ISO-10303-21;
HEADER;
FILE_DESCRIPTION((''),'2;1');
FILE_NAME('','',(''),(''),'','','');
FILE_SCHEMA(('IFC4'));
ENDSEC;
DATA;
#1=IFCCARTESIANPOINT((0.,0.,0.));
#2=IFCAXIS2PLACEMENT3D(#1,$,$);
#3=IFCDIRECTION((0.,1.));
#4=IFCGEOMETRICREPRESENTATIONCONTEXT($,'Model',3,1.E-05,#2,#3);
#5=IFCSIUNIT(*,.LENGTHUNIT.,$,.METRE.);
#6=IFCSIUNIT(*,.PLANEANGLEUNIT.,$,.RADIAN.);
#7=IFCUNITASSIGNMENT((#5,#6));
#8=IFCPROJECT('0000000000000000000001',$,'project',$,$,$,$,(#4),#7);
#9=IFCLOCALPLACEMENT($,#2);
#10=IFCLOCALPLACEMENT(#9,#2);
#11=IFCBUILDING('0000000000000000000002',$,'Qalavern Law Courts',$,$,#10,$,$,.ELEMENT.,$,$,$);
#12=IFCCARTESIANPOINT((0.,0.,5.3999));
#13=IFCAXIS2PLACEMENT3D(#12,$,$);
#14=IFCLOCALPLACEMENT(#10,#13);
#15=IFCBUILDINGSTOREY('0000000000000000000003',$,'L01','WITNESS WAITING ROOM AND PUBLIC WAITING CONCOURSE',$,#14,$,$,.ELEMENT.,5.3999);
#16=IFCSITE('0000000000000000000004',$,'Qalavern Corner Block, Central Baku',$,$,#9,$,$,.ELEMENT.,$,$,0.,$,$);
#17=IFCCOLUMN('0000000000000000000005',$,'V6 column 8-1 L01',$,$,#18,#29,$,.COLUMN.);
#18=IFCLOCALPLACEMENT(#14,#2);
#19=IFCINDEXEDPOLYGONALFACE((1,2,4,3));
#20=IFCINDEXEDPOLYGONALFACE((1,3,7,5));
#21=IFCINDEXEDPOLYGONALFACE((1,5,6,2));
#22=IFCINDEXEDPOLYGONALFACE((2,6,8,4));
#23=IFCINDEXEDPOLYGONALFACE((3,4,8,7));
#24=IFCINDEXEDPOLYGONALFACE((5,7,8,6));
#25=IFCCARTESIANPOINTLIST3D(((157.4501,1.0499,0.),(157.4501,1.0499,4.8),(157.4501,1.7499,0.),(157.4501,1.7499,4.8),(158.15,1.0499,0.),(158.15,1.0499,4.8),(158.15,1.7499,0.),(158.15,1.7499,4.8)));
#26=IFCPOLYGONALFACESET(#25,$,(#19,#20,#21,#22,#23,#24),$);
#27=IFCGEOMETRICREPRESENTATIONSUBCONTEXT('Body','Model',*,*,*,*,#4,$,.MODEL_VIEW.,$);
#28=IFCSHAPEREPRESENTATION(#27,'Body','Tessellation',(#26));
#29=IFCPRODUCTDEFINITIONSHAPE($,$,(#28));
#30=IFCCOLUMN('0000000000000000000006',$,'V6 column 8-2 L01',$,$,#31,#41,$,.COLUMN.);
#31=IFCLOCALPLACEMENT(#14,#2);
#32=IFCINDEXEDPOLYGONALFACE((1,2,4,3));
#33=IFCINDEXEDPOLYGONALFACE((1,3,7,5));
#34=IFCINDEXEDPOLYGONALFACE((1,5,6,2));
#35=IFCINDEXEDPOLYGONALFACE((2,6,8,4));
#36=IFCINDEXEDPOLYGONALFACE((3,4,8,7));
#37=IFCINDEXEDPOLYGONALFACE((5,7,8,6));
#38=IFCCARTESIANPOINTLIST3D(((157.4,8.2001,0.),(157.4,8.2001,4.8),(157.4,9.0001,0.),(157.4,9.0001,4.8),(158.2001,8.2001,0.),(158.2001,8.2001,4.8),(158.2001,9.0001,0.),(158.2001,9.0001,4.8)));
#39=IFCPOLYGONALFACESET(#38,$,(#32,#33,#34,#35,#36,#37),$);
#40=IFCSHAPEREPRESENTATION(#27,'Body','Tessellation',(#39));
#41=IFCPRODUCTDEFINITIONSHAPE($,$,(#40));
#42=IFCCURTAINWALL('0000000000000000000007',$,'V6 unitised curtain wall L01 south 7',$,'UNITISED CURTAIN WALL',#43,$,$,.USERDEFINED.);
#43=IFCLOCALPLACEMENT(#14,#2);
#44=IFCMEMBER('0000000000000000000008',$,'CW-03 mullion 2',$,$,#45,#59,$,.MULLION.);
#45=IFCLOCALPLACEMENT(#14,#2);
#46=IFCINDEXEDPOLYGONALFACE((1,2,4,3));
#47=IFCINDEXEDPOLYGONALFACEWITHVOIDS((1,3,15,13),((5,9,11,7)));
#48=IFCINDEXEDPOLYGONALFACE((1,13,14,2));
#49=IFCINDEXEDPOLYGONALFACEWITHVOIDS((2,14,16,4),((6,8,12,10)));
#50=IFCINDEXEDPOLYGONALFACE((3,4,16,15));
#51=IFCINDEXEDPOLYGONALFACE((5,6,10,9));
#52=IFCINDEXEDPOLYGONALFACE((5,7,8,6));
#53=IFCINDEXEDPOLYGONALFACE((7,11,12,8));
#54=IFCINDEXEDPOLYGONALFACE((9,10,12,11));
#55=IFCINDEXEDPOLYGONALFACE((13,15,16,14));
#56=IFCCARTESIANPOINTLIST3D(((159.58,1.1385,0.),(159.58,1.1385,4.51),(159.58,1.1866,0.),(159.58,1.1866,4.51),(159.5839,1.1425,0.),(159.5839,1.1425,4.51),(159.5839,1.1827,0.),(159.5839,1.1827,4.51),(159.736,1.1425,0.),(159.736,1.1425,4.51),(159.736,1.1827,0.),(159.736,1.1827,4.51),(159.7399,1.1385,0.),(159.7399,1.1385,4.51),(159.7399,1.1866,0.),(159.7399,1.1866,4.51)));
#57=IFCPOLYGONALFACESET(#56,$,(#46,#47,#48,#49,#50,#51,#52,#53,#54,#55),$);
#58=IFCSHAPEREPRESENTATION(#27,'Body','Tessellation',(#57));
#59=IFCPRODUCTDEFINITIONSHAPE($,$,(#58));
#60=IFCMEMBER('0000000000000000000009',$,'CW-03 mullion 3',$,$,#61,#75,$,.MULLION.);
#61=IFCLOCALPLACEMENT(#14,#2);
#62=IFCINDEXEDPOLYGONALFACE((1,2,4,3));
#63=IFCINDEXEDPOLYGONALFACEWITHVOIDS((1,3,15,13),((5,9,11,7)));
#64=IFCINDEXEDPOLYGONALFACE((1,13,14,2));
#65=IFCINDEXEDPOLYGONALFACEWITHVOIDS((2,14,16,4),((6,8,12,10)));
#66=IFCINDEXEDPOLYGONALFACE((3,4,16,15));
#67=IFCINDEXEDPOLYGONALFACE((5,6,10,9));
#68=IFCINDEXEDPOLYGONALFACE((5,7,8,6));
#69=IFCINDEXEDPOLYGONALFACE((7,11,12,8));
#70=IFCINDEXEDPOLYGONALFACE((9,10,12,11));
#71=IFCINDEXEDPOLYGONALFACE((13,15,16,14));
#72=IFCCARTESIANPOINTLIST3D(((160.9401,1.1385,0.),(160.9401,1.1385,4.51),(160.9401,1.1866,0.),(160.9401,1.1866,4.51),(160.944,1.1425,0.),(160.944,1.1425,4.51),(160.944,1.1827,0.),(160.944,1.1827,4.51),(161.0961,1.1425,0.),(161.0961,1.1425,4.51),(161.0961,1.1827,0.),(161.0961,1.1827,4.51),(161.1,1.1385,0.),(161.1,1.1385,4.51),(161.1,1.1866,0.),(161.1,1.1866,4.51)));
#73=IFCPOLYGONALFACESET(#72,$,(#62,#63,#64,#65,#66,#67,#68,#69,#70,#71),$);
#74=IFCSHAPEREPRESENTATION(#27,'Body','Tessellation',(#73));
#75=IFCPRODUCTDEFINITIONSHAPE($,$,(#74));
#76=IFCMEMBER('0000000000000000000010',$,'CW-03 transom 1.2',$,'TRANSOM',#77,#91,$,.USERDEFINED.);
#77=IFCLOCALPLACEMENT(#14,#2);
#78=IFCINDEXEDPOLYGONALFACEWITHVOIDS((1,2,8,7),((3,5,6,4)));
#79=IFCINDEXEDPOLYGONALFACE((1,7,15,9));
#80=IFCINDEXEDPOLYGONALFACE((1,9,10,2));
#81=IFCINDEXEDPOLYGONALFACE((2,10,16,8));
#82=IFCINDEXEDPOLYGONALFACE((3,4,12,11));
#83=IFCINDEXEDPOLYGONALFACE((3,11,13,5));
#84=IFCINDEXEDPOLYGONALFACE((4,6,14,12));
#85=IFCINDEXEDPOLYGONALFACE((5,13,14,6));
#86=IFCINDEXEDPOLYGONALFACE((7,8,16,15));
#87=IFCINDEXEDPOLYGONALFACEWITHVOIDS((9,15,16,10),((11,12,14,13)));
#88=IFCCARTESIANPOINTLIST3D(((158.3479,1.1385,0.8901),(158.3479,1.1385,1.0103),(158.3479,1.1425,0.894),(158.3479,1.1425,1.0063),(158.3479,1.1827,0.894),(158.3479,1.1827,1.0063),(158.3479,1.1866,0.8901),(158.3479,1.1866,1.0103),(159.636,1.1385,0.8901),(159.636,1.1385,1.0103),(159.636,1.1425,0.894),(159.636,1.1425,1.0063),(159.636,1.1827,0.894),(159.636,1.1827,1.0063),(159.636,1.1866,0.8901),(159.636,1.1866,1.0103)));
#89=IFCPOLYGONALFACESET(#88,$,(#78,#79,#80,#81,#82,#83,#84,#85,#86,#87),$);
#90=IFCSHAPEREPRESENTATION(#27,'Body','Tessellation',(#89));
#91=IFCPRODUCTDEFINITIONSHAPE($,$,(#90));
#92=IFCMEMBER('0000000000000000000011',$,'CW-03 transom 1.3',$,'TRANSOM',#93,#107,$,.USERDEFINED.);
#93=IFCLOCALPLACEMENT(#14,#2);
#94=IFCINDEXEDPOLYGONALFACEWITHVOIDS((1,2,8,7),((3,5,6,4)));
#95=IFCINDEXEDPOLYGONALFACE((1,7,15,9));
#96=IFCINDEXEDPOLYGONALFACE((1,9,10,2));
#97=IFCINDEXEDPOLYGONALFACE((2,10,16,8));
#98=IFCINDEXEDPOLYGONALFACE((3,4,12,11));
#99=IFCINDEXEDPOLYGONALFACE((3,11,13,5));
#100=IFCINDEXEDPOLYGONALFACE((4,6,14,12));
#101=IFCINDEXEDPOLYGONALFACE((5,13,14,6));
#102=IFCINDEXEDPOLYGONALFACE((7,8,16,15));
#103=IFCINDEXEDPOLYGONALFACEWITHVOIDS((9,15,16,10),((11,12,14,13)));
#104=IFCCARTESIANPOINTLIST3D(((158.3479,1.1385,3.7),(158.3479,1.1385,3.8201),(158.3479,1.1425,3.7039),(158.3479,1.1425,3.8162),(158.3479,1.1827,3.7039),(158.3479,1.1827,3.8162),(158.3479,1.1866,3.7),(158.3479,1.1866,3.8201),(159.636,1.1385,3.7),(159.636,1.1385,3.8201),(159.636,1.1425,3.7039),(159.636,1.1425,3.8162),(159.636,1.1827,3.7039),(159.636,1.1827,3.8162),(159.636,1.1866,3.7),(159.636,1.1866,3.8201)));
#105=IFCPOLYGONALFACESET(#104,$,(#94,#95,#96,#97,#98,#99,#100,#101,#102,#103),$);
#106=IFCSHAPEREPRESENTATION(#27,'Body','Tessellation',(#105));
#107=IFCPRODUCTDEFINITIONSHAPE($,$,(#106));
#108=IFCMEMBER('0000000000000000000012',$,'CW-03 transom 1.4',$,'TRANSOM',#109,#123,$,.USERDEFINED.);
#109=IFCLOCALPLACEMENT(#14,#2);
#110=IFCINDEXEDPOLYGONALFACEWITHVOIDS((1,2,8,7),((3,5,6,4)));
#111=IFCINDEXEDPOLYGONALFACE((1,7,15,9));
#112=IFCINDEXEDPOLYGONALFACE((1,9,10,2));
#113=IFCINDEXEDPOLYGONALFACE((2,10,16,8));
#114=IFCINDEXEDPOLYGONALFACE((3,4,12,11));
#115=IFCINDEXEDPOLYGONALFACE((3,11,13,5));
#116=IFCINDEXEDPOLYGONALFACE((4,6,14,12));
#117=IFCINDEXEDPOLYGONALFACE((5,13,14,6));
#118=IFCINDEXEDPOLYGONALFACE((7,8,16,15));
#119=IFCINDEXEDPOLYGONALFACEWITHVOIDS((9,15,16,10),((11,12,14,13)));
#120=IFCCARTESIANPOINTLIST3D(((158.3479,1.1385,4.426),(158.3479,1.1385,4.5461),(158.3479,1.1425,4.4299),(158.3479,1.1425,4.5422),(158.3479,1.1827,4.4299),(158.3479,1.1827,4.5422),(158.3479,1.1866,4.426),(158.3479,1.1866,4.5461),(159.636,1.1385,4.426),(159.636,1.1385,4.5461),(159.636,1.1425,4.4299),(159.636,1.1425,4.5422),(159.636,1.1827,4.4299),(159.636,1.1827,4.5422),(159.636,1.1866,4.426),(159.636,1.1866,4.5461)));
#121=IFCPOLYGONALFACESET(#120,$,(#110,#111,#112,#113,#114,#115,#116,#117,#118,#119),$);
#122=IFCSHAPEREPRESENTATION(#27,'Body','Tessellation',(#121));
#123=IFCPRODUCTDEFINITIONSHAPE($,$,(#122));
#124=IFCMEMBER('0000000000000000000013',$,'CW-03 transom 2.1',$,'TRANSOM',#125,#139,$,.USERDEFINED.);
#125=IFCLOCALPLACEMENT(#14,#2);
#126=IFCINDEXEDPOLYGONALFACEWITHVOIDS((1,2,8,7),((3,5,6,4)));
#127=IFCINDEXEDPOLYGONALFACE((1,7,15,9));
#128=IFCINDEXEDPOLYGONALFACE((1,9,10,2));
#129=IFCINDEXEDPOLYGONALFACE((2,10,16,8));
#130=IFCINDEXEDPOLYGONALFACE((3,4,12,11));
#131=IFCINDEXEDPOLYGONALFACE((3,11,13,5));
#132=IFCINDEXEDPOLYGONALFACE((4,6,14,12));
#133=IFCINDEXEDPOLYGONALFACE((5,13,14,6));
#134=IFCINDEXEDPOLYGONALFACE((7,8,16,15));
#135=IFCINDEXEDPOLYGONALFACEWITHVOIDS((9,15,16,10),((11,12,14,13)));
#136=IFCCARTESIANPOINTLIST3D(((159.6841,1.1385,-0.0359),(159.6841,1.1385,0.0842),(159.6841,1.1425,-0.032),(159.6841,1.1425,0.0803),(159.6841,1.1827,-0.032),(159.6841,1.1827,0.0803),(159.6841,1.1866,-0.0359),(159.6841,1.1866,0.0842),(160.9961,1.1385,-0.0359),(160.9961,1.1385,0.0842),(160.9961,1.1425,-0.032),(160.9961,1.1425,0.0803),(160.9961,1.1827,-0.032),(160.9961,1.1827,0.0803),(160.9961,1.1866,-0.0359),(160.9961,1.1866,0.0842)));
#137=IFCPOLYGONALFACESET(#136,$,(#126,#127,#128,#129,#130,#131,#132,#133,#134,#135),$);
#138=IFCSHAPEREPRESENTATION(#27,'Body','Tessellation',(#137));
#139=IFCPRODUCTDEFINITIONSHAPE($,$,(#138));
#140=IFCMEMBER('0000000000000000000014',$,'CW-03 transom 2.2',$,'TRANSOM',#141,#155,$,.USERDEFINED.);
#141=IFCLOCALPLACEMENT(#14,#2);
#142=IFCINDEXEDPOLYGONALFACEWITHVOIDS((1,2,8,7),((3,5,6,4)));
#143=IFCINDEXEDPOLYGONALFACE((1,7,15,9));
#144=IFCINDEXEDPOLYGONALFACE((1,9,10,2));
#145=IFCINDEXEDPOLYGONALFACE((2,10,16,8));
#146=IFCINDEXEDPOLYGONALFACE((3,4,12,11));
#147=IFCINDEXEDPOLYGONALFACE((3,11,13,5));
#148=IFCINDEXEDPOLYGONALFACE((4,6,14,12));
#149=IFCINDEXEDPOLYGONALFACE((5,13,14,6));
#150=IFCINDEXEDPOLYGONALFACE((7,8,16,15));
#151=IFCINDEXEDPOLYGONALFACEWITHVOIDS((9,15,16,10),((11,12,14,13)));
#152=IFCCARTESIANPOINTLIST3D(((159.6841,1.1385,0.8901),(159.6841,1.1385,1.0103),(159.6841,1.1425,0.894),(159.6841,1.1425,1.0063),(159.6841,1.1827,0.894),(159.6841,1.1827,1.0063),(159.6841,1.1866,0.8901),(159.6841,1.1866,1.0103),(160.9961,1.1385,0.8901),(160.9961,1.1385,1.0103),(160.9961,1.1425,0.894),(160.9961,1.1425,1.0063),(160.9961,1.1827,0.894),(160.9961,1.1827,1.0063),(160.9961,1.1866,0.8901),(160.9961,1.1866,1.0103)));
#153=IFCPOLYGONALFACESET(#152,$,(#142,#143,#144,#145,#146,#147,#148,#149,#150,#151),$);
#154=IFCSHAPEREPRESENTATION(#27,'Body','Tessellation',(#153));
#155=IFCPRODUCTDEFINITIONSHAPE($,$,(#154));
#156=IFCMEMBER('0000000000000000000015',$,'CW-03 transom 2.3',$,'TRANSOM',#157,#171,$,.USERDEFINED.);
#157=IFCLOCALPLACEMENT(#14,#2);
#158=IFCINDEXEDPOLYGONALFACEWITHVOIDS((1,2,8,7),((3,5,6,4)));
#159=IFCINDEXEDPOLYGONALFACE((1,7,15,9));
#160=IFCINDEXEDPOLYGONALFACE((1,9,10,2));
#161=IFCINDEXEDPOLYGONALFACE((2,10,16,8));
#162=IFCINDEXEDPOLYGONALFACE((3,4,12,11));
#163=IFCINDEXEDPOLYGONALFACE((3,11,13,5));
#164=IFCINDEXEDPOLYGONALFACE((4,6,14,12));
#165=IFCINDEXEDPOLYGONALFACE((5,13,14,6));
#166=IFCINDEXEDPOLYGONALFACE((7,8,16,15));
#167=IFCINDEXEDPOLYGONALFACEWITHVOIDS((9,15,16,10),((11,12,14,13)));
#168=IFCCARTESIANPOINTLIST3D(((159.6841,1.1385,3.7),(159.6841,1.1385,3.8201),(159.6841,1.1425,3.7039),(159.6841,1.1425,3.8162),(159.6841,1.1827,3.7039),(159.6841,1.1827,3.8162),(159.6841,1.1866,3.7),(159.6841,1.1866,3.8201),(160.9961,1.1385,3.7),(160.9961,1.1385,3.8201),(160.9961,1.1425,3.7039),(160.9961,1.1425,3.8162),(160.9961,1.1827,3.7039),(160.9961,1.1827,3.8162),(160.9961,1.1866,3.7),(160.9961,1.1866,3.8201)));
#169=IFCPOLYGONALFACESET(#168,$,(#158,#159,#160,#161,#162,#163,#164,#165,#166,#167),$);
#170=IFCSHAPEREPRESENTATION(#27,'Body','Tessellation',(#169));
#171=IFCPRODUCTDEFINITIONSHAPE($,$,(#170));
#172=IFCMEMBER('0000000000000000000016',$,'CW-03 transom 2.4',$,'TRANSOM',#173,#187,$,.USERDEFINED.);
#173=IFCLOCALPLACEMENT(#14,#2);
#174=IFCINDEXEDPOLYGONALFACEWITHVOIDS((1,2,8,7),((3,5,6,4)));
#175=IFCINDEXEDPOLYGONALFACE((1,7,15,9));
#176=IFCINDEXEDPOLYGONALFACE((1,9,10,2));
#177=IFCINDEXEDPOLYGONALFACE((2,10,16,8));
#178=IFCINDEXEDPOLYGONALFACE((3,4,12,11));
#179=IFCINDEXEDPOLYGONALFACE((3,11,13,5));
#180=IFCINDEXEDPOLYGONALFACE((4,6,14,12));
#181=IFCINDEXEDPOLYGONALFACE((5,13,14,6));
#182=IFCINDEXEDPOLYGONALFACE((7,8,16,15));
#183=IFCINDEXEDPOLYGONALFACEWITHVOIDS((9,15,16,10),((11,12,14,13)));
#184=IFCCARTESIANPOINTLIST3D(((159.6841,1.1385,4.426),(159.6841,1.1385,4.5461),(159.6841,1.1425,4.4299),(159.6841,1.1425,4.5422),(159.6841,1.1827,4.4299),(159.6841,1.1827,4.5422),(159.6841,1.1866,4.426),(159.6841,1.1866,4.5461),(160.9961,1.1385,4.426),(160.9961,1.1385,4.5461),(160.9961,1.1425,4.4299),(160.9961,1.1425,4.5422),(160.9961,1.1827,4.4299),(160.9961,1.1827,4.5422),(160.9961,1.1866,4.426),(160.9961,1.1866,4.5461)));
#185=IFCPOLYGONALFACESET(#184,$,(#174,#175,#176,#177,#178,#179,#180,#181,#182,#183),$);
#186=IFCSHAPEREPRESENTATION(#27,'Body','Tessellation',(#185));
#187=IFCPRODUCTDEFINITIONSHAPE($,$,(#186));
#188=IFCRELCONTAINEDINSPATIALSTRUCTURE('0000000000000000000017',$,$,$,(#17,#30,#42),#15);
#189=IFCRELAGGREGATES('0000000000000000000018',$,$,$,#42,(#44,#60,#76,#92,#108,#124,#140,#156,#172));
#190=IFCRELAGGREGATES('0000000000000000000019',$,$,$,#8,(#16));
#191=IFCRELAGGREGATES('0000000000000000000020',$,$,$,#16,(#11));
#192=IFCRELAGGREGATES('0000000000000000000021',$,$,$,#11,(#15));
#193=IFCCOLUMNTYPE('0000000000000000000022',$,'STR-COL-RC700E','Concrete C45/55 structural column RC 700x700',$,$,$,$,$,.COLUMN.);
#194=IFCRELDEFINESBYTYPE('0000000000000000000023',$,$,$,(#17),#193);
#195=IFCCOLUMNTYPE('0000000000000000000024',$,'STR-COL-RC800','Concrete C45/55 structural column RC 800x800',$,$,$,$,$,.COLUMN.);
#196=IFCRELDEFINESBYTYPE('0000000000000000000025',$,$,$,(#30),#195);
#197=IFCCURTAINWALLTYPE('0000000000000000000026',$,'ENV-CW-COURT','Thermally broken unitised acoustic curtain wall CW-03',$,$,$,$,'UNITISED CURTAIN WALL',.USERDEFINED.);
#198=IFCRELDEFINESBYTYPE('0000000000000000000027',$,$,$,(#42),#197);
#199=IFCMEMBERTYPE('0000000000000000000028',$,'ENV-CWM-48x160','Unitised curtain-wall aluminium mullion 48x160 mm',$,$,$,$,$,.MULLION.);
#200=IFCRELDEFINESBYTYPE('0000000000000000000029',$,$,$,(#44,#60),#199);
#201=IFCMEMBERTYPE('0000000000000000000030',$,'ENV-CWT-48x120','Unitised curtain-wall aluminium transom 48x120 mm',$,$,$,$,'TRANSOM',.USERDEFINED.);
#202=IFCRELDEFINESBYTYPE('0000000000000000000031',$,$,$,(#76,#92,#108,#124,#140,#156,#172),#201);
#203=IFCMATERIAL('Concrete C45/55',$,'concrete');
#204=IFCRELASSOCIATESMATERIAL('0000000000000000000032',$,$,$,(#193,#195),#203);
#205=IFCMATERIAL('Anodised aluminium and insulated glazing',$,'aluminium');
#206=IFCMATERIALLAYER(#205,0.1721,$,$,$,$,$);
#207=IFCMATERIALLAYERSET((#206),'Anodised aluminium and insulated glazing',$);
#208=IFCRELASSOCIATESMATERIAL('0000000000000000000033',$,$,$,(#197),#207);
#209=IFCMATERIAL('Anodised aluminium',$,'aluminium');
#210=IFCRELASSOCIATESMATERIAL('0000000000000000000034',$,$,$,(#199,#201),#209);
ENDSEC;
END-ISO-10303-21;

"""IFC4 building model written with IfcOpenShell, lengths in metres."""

from ifc_helpers import new_model, si_unit, direction, frame, origin, origin_2d, place, context, subcontext, project, spatial, rectangle, hollow_rectangle, extrude, material, layer, layer_set, material_profile, profile_set, type_object, element, aggregate, save


model = new_model("IFC4")

# Units and contexts
model_context = context("Model", 3, precision=1e-05, world=origin(), true_north=direction((0.0, 1.0)))
body_context = subcontext(model_context, "Body", "Model", "MODEL_VIEW")
ifc_project = project(units=[si_unit("LENGTHUNIT", "METRE"), si_unit("PLANEANGLEUNIT", "RADIAN")], contexts=[model_context])

# Site, building, storey
site_placement = place(None, origin())
site = spatial("IfcSite", under=ifc_project, at=site_placement, Name="Qalavern Corner Block, Central Baku", CompositionType="ELEMENT", RefElevation=0.0)
building_placement = place(site_placement, origin())
building = spatial("IfcBuilding", under=site, at=building_placement, Name="Qalavern Law Courts", CompositionType="ELEMENT")
storey_placement = place(building_placement, frame((0.0, 0.0, 5.3999)))
storey = spatial("IfcBuildingStorey", under=building, at=storey_placement, Name="L01", Description="WITNESS WAITING ROOM AND PUBLIC WAITING CONCOURSE", CompositionType="ELEMENT", Elevation=5.3999)

# Columns
ifc_material_1 = material(Name="Concrete C45/55", Category="concrete")
ifc_material_profile_1 = material_profile(ifc_material_1, rectangle(XDim=0.7, YDim=0.7, at=origin_2d()), Name="RC 700x700")
ifc_profile_set_1 = profile_set([ifc_material_profile_1], Name="Concrete C45/55")
column_type_1 = type_object("IfcColumnType", Name="STR-COL-RC700E", Description="Concrete C45/55 structural column RC 700x700", PredefinedType="COLUMN", material=ifc_profile_set_1)
column_1_placement = place(storey_placement, frame((157.8, 1.3999, 0.0), z_axis=(0.0, 0.0, 1.0), x_axis=(1.0, 0.0, 0.0)))
element("IfcColumn", 1, at=column_1_placement, inside=storey, type_object=column_type_1, Name="V6 column 8-1 L01", PredefinedType="COLUMN", context=body_context, shape_type="SweptSolid", body=[
    extrude(rectangle(XDim=0.7, YDim=0.7, at=origin_2d()), origin(), (0.0, 0.0, 1.0), 4.8),
])
ifc_material_profile_2 = material_profile(ifc_material_1, rectangle(XDim=0.8, YDim=0.8, at=origin_2d()), Name="RC 800x800")
ifc_profile_set_2 = profile_set([ifc_material_profile_2], Name="Concrete C45/55")
column_type_2 = type_object("IfcColumnType", Name="STR-COL-RC800", Description="Concrete C45/55 structural column RC 800x800", PredefinedType="COLUMN", material=ifc_profile_set_2)
column_2_placement = place(storey_placement, frame((157.8, 8.6001, 0.0), z_axis=(0.0, 0.0, 1.0), x_axis=(1.0, 0.0, 0.0)))
element("IfcColumn", 2, at=column_2_placement, inside=storey, type_object=column_type_2, Name="V6 column 8-2 L01", PredefinedType="COLUMN", context=body_context, shape_type="SweptSolid", body=[
    extrude(rectangle(XDim=0.8, YDim=0.8, at=origin_2d()), origin(), (0.0, 0.0, 1.0), 4.8),
])

# Curtain wall, members
ifc_material_2 = material(Name="Anodised aluminium and insulated glazing", Category="aluminium")
ifc_layer_1 = layer(ifc_material_2, 0.1721)
ifc_layer_set_1 = layer_set([ifc_layer_1], Name="Anodised aluminium and insulated glazing")
curtain_wall_type = type_object("IfcCurtainWallType", Name="ENV-CW-COURT", Description="Thermally broken unitised acoustic curtain wall CW-03", ElementType="UNITISED CURTAIN WALL", PredefinedType="USERDEFINED", material=ifc_layer_set_1)
curtain_wall_placement = place(storey_placement, origin())
curtain_wall = element("IfcCurtainWall", 3, at=curtain_wall_placement, inside=storey, type_object=curtain_wall_type, Name="V6 unitised curtain wall L01 south 7", ObjectType="UNITISED CURTAIN WALL", PredefinedType="USERDEFINED")
ifc_material_3 = material(Name="Anodised aluminium", Category="aluminium")
ifc_material_profile_3 = material_profile(ifc_material_3, hollow_rectangle(XDim=0.0481, YDim=0.1599, WallThickness=0.0039, at=origin_2d()), Name="ALU MULLION 48x160")
ifc_profile_set_3 = profile_set([ifc_material_profile_3], Name="Anodised aluminium")
member_type_1 = type_object("IfcMemberType", Name="ENV-CWM-48x160", Description="Unitised curtain-wall aluminium mullion 48x160 mm", PredefinedType="MULLION", material=ifc_profile_set_3)
member_1_placement = place(storey_placement, frame((159.6599, 1.1626, 0.0), z_axis=(0.0, 0.0, 1.0), x_axis=(0.0, 1.0, 0.0)))
member_1 = element("IfcMember", 4, at=member_1_placement, type_object=member_type_1, Name="CW-03 mullion 2", PredefinedType="MULLION", context=body_context, shape_type="SweptSolid", body=[
    extrude(hollow_rectangle(XDim=0.0481, YDim=0.1599, WallThickness=0.0039, at=origin_2d()), origin(), (0.0, 0.0, 1.0), 4.51),
])
member_2_placement = place(storey_placement, frame((161.02, 1.1626, 0.0), z_axis=(0.0, 0.0, 1.0), x_axis=(0.0, 1.0, 0.0)))
member_2 = element("IfcMember", 5, at=member_2_placement, type_object=member_type_1, Name="CW-03 mullion 3", PredefinedType="MULLION", context=body_context, shape_type="SweptSolid", body=[
    extrude(hollow_rectangle(XDim=0.0481, YDim=0.1599, WallThickness=0.0039, at=origin_2d()), origin(), (0.0, 0.0, 1.0), 4.51),
])
ifc_material_profile_4 = material_profile(ifc_material_3, hollow_rectangle(XDim=0.0481, YDim=0.1201, WallThickness=0.0039, at=origin_2d()), Name="ALU TRANSOM 48x120")
ifc_profile_set_4 = profile_set([ifc_material_profile_4], Name="Anodised aluminium")
member_type_2 = type_object("IfcMemberType", Name="ENV-CWT-48x120", Description="Unitised curtain-wall aluminium transom 48x120 mm", ElementType="TRANSOM", PredefinedType="USERDEFINED", material=ifc_profile_set_4)
member_3_placement = place(storey_placement, frame((158.3479, 1.1626, 0.9502), z_axis=(1.0, 0.0, 0.0), x_axis=(0.0, 1.0, 0.0)))
member_3 = element("IfcMember", 6, at=member_3_placement, type_object=member_type_2, Name="CW-03 transom 1.2", ObjectType="TRANSOM", PredefinedType="USERDEFINED", context=body_context, shape_type="SweptSolid", body=[
    extrude(hollow_rectangle(XDim=0.0481, YDim=0.1201, WallThickness=0.0039, at=origin_2d()), origin(), (0.0, 0.0, 1.0), 1.2881),
])
member_4_placement = place(storey_placement, frame((158.3479, 1.1626, 3.76), z_axis=(1.0, 0.0, 0.0), x_axis=(0.0, 1.0, 0.0)))
member_4 = element("IfcMember", 7, at=member_4_placement, type_object=member_type_2, Name="CW-03 transom 1.3", ObjectType="TRANSOM", PredefinedType="USERDEFINED", context=body_context, shape_type="SweptSolid", body=[
    extrude(hollow_rectangle(XDim=0.0481, YDim=0.1201, WallThickness=0.0039, at=origin_2d()), origin(), (0.0, 0.0, 1.0), 1.2881),
])
member_5_placement = place(storey_placement, frame((158.3479, 1.1626, 4.4861), z_axis=(1.0, 0.0, 0.0), x_axis=(0.0, 1.0, 0.0)))
member_5 = element("IfcMember", 8, at=member_5_placement, type_object=member_type_2, Name="CW-03 transom 1.4", ObjectType="TRANSOM", PredefinedType="USERDEFINED", context=body_context, shape_type="SweptSolid", body=[
    extrude(hollow_rectangle(XDim=0.0481, YDim=0.1201, WallThickness=0.0039, at=origin_2d()), origin(), (0.0, 0.0, 1.0), 1.2881),
])
member_6_placement = place(storey_placement, frame((159.6841, 1.1626, 0.0242), z_axis=(1.0, 0.0, 0.0), x_axis=(0.0, 1.0, 0.0)))
member_6 = element("IfcMember", 9, at=member_6_placement, type_object=member_type_2, Name="CW-03 transom 2.1", ObjectType="TRANSOM", PredefinedType="USERDEFINED", context=body_context, shape_type="SweptSolid", body=[
    extrude(hollow_rectangle(XDim=0.0481, YDim=0.1201, WallThickness=0.0039, at=origin_2d()), origin(), (0.0, 0.0, 1.0), 1.312),
])
member_7_placement = place(storey_placement, frame((159.6841, 1.1626, 0.9502), z_axis=(1.0, 0.0, 0.0), x_axis=(0.0, 1.0, 0.0)))
member_7 = element("IfcMember", 10, at=member_7_placement, type_object=member_type_2, Name="CW-03 transom 2.2", ObjectType="TRANSOM", PredefinedType="USERDEFINED", context=body_context, shape_type="SweptSolid", body=[
    extrude(hollow_rectangle(XDim=0.0481, YDim=0.1201, WallThickness=0.0039, at=origin_2d()), origin(), (0.0, 0.0, 1.0), 1.312),
])
member_8_placement = place(storey_placement, frame((159.6841, 1.1626, 3.76), z_axis=(1.0, 0.0, 0.0), x_axis=(0.0, 1.0, 0.0)))
member_8 = element("IfcMember", 11, at=member_8_placement, type_object=member_type_2, Name="CW-03 transom 2.3", ObjectType="TRANSOM", PredefinedType="USERDEFINED", context=body_context, shape_type="SweptSolid", body=[
    extrude(hollow_rectangle(XDim=0.0481, YDim=0.1201, WallThickness=0.0039, at=origin_2d()), origin(), (0.0, 0.0, 1.0), 1.312),
])
member_9_placement = place(storey_placement, frame((159.6841, 1.1626, 4.4861), z_axis=(1.0, 0.0, 0.0), x_axis=(0.0, 1.0, 0.0)))
member_9 = element("IfcMember", 12, at=member_9_placement, type_object=member_type_2, Name="CW-03 transom 2.4", ObjectType="TRANSOM", PredefinedType="USERDEFINED", context=body_context, shape_type="SweptSolid", body=[
    extrude(hollow_rectangle(XDim=0.0481, YDim=0.1201, WallThickness=0.0039, at=origin_2d()), origin(), (0.0, 0.0, 1.0), 1.312),
])

aggregate(curtain_wall, [member_1, member_2, member_3, member_4, member_5, member_6, member_7, member_8, member_9])

save(model, "model.ifc")
